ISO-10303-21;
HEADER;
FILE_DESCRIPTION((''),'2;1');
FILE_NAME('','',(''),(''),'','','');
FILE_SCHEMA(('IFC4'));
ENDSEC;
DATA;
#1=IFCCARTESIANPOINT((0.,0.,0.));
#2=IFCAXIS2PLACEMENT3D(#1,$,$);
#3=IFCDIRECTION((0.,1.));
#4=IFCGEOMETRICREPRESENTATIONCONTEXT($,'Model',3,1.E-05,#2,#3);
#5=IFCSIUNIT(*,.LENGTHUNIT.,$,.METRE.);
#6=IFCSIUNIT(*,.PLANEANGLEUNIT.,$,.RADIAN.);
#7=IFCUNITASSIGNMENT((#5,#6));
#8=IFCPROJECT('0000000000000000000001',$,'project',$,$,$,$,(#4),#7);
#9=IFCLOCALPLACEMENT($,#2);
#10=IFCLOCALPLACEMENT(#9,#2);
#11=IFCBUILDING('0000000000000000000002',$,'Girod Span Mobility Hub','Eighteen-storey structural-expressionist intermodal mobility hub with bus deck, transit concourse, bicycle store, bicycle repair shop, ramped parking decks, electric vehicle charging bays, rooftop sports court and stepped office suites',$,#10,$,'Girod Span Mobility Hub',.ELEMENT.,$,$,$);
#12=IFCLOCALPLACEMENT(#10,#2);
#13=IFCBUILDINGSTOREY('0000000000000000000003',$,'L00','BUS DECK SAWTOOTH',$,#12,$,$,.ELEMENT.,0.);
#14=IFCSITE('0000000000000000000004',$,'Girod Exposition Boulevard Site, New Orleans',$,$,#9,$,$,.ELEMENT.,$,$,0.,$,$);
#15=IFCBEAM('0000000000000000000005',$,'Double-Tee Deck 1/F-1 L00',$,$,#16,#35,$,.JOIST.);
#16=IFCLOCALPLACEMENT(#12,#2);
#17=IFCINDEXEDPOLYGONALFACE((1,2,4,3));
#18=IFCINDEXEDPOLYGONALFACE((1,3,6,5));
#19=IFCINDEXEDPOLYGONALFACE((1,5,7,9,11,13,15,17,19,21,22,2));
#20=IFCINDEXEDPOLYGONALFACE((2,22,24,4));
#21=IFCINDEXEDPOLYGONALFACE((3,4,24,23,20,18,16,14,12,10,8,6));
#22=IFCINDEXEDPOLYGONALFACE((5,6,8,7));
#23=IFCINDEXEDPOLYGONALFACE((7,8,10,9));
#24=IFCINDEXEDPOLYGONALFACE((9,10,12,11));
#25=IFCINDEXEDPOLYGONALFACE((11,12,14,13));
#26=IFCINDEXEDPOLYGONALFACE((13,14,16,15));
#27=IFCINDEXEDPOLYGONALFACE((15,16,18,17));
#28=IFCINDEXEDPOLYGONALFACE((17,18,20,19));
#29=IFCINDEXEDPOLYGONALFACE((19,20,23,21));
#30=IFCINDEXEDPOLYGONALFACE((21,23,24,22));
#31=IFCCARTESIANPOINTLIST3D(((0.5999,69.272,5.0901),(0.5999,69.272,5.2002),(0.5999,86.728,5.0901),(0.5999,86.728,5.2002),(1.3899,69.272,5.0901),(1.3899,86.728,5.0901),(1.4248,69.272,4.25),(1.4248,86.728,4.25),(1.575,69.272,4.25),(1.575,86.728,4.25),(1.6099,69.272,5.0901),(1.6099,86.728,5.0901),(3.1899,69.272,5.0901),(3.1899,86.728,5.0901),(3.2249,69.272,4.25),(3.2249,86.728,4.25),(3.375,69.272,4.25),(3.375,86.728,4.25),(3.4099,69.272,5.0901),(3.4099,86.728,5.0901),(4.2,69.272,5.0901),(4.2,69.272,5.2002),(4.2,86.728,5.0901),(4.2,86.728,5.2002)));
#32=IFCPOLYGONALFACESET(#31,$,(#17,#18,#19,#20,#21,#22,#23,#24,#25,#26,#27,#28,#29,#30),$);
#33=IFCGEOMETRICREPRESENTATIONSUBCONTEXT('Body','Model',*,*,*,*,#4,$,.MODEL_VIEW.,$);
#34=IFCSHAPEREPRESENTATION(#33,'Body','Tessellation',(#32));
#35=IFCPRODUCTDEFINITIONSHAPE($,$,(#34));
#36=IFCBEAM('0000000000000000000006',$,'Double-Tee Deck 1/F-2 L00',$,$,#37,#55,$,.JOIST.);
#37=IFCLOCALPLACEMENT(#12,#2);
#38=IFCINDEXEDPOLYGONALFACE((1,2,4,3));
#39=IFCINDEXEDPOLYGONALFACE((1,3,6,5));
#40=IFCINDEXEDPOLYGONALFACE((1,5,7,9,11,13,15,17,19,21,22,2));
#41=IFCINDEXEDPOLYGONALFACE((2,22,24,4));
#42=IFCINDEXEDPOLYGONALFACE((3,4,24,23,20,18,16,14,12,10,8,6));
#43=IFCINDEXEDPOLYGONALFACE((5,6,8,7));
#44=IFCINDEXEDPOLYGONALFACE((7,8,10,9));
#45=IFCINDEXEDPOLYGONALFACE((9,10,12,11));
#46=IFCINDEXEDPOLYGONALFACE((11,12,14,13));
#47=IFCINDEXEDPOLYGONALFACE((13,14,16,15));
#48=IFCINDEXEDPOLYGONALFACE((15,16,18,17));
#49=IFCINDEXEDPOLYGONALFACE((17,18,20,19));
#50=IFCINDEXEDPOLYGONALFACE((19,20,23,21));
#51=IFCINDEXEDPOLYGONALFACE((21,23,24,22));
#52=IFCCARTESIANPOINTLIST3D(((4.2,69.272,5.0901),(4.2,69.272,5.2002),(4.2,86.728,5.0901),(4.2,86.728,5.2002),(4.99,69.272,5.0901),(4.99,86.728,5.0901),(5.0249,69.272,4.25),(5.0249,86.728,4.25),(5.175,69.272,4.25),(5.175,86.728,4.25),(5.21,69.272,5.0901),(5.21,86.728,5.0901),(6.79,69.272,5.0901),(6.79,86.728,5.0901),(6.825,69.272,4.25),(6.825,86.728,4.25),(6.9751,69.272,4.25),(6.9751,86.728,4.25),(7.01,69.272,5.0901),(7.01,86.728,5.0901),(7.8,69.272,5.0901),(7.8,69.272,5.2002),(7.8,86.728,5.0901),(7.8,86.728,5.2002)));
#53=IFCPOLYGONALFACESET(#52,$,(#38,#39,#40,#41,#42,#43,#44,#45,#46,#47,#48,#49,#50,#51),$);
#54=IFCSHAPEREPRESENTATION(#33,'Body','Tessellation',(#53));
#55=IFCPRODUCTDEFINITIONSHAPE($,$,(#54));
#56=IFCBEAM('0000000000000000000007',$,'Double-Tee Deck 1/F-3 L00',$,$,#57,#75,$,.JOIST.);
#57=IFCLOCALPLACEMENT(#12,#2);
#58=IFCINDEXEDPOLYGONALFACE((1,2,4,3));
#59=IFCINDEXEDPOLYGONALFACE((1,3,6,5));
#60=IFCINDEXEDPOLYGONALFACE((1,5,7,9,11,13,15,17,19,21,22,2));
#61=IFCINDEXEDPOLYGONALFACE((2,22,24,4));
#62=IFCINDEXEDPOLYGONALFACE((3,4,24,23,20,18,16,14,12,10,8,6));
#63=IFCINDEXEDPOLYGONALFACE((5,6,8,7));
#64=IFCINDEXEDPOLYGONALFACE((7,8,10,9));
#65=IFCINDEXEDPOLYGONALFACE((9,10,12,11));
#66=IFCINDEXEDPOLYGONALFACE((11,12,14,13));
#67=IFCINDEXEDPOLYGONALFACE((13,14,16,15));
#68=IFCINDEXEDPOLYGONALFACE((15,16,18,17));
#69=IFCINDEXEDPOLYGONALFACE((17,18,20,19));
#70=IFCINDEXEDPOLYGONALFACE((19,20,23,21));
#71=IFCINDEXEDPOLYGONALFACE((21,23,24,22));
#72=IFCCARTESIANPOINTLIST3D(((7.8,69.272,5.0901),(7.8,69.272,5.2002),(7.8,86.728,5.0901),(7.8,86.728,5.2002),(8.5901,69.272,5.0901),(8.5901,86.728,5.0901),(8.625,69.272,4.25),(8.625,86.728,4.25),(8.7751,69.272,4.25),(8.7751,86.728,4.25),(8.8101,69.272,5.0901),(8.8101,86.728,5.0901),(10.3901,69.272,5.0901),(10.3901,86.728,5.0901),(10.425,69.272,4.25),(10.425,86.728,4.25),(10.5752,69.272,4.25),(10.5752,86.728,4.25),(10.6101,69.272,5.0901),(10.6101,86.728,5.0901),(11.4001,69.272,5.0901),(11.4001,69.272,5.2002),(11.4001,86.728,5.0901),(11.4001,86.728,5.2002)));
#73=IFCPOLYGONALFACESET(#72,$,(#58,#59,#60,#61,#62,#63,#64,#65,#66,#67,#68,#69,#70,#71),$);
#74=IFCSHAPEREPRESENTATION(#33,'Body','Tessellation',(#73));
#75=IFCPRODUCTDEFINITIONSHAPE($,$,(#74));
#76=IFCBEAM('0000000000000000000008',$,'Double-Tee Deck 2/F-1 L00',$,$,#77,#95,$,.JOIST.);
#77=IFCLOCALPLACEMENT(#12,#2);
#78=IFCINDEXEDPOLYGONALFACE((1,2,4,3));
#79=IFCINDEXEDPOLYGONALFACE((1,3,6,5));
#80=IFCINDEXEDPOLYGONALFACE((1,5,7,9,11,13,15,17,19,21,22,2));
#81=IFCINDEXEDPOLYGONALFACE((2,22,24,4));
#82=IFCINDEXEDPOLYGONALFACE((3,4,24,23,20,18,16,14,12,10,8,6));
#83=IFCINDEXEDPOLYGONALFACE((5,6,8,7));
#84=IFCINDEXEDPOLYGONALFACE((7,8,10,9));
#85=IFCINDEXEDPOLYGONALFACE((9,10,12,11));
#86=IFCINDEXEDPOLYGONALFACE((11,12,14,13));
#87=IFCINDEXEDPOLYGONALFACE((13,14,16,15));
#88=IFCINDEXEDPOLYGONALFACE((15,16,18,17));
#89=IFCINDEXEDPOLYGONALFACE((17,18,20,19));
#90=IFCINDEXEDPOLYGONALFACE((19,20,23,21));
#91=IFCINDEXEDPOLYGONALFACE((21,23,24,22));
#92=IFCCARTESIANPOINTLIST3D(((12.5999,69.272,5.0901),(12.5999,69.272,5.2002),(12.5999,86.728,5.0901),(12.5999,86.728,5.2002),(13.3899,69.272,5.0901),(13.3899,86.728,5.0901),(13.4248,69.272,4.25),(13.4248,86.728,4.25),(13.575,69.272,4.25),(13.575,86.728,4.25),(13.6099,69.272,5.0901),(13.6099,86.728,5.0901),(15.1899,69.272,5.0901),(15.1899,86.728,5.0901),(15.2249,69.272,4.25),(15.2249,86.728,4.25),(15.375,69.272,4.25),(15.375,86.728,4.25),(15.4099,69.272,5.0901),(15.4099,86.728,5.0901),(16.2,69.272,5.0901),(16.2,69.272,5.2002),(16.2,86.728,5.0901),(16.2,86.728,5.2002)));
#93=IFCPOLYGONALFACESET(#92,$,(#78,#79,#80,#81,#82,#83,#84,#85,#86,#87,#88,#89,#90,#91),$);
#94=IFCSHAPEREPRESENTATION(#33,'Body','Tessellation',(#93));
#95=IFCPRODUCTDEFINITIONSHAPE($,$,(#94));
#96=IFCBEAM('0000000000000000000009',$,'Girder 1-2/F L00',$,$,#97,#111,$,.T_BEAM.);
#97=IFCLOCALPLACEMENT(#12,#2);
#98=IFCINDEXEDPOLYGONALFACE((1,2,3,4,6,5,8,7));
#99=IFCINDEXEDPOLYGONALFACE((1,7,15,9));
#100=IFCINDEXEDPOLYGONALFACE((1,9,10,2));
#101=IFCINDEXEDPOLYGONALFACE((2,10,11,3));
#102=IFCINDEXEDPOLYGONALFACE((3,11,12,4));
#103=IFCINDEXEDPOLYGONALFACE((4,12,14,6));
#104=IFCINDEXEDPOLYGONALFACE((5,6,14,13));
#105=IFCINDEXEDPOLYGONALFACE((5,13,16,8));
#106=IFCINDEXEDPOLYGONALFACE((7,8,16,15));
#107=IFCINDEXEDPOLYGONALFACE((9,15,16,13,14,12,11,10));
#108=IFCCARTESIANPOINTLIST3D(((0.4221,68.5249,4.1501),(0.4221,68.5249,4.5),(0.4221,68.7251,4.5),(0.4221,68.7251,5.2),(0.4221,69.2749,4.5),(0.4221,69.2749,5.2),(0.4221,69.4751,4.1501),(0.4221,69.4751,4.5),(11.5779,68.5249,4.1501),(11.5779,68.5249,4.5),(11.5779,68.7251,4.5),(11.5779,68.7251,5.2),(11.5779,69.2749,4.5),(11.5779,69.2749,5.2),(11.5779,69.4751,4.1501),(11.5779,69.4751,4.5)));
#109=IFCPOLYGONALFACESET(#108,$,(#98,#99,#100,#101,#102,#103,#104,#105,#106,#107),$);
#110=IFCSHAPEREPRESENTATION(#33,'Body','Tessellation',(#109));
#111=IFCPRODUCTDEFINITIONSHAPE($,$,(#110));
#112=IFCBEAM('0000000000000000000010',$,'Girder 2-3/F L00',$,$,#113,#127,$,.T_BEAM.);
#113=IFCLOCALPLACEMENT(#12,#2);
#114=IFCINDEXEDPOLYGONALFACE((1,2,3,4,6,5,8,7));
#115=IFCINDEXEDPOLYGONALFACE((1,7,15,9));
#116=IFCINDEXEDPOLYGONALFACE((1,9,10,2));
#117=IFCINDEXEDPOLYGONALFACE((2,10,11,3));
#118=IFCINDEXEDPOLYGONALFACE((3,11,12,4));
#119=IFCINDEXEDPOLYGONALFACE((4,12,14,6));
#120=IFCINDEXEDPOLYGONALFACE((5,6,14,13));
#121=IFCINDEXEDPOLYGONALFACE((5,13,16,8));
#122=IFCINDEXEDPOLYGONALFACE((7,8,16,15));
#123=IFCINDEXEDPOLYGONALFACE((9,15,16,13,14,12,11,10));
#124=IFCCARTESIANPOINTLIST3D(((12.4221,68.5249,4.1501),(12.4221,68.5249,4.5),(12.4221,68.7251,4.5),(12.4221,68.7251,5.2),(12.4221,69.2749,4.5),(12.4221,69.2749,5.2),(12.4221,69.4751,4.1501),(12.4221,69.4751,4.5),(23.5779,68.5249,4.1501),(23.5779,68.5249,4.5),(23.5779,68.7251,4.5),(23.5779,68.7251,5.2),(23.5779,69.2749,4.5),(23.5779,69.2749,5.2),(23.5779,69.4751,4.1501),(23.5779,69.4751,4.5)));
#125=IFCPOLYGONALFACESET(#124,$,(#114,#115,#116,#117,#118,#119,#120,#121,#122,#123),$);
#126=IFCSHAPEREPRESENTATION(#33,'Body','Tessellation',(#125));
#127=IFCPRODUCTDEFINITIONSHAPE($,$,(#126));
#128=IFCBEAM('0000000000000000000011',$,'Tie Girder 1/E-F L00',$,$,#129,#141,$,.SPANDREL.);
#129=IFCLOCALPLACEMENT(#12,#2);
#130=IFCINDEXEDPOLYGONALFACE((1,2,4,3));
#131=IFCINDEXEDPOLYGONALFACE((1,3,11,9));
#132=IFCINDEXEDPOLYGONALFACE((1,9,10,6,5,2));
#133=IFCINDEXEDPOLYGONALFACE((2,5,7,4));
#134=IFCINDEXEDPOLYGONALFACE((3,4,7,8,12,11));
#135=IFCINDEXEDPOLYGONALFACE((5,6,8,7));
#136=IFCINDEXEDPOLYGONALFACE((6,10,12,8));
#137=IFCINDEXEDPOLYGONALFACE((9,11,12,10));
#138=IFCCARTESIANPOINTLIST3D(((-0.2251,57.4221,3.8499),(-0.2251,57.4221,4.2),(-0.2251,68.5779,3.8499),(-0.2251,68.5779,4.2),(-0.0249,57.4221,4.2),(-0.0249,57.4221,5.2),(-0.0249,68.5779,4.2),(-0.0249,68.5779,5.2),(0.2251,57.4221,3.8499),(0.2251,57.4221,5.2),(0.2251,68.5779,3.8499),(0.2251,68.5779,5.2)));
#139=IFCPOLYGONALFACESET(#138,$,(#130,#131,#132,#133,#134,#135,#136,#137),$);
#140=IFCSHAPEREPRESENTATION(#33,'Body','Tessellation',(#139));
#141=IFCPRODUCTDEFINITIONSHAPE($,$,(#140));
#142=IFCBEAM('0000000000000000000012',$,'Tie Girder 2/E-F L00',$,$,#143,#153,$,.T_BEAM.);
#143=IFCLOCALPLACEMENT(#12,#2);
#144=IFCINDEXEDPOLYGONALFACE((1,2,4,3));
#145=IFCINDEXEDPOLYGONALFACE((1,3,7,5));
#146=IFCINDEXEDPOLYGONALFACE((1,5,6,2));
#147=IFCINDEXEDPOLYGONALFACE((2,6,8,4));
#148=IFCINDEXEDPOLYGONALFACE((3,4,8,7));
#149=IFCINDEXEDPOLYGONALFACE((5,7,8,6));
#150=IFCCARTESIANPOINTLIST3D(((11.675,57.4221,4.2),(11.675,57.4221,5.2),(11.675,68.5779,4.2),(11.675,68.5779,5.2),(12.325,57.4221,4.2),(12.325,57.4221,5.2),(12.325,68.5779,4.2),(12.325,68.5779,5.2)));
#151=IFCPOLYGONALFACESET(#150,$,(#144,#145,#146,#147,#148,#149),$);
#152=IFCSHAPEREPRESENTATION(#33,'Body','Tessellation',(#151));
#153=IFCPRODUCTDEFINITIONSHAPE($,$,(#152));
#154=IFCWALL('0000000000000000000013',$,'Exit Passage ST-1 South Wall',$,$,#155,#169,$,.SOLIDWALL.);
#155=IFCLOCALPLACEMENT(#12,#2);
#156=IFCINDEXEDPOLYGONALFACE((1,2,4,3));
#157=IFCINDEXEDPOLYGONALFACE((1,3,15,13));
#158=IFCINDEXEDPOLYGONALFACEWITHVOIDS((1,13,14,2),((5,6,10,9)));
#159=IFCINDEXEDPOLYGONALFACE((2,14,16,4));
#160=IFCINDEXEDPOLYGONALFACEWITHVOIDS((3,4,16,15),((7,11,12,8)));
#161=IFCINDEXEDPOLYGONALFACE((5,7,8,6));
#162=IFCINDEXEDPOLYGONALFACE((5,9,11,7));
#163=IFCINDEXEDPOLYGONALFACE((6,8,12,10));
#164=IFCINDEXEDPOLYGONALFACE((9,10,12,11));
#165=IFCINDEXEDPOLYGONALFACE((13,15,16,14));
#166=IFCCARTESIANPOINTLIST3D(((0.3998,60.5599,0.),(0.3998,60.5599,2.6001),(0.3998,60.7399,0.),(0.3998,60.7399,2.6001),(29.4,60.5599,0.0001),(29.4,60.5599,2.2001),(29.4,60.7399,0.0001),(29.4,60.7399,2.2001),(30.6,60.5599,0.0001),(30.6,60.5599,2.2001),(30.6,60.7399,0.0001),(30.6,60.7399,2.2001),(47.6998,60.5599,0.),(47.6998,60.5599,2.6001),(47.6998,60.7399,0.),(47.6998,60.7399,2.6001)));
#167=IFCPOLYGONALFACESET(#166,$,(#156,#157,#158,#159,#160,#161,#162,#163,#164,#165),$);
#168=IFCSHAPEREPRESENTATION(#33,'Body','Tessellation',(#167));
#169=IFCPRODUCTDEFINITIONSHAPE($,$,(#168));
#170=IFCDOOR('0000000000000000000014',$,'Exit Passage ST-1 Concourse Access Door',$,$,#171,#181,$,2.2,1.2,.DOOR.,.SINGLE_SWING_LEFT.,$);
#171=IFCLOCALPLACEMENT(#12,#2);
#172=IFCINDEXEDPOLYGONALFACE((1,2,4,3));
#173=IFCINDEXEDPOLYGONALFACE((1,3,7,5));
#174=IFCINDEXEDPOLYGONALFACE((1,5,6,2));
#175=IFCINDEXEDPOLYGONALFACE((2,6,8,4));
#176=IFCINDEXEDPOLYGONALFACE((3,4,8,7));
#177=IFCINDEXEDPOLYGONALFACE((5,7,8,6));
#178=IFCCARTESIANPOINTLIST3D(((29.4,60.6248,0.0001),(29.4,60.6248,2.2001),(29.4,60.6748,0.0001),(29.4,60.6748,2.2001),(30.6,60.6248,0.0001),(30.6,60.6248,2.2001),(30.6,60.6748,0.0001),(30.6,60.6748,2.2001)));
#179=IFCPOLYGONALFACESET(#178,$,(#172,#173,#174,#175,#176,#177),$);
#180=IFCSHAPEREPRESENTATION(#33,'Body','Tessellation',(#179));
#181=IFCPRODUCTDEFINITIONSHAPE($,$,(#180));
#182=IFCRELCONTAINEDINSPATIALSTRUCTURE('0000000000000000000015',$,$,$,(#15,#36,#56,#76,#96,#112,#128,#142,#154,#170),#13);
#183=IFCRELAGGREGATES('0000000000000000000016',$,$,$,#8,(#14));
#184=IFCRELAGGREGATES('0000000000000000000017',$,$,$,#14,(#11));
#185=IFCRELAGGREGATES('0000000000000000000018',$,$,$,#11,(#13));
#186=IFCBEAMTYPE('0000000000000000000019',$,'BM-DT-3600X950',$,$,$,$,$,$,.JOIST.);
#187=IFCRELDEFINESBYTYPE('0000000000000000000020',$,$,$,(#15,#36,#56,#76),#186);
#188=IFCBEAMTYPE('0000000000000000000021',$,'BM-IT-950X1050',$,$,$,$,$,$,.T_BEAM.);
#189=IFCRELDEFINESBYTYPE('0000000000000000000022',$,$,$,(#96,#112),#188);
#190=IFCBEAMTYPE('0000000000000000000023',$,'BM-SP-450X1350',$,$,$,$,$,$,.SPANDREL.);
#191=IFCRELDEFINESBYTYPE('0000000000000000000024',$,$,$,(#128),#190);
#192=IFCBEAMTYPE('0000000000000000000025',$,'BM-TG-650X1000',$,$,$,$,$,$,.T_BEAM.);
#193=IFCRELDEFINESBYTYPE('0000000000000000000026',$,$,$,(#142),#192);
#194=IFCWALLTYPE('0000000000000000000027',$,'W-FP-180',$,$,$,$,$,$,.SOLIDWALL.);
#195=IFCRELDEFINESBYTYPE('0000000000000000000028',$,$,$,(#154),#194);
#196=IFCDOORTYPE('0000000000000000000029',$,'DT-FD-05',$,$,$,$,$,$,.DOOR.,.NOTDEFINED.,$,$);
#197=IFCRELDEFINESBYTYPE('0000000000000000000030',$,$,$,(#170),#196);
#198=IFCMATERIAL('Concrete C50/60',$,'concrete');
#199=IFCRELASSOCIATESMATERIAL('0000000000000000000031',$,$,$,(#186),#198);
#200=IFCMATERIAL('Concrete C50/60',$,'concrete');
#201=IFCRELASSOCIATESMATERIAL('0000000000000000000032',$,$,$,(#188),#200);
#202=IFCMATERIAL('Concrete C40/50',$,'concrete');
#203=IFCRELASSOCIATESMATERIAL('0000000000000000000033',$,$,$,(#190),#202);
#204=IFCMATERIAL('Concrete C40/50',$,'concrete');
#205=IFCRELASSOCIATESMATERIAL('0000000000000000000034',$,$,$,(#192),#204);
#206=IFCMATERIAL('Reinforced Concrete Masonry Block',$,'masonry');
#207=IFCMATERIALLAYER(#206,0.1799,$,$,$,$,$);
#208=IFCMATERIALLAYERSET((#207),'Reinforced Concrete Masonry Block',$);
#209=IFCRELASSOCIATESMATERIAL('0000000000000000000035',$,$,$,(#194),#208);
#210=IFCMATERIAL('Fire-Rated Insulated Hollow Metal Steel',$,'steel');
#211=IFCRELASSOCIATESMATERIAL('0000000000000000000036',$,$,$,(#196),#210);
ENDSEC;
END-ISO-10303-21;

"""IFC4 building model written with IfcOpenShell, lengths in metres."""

from ifc_helpers import new_model, si_unit, direction, frame, frame_2d, origin, origin_2d, place, context, subcontext, project, spatial, polyline, rectangle, outline, extrude, material, layer, layer_set, material_profile, profile_set, type_object, element, fill, save


model = new_model("IFC4")

# Units and contexts
model_context = context("Model", 3, precision=1e-05, world=origin(), true_north=direction((0.0, 1.0)))
body_context = subcontext(model_context, "Body", "Model", "MODEL_VIEW")
ifc_project = project(units=[si_unit("LENGTHUNIT", "METRE"), si_unit("PLANEANGLEUNIT", "RADIAN")], contexts=[model_context])

# Site, building, storey
site_placement = place(None, origin())
site = spatial("IfcSite", under=ifc_project, at=site_placement, Name="Girod Exposition Boulevard Site, New Orleans", CompositionType="ELEMENT", RefElevation=0.0)
building_placement = place(site_placement, origin())
building = spatial("IfcBuilding", under=site, at=building_placement, Name="Girod Span Mobility Hub", Description="Eighteen-storey structural-expressionist intermodal mobility hub with bus deck, transit concourse, bicycle store, bicycle repair shop, ramped parking decks, electric vehicle charging bays, rooftop sports court and stepped office suites", LongName="Girod Span Mobility Hub", CompositionType="ELEMENT")
storey_placement = place(building_placement, origin())
storey = spatial("IfcBuildingStorey", under=building, at=storey_placement, Name="L00", Description="BUS DECK SAWTOOTH", CompositionType="ELEMENT", Elevation=0.0)

# Beams
ifc_material_1 = material(Name="Concrete C50/60", Category="concrete")
ifc_material_profile_1 = material_profile(ifc_material_1, outline(polyline([(-1.8, 0.4751), (-1.8, 0.365), (-1.01, 0.365), (-0.9751, -0.4751), (-0.825, -0.4751), (-0.79, 0.365), (0.79, 0.365), (0.825, -0.4751), (0.9751, -0.4751), (1.01, 0.365), (1.8, 0.365), (1.8, 0.4751), (-1.8, 0.4751)])), Name="DT-3600X950")
ifc_profile_set_1 = profile_set([ifc_material_profile_1], Name="Concrete C50/60")
beam_type_1 = type_object("IfcBeamType", Name="BM-DT-3600X950", PredefinedType="JOIST", material=ifc_profile_set_1)
for number, where, z_axis, x_axis, name in (
    (1, (2.3999, 69.272, 4.7251), (0.0, 1.0, 0.0), (-1.0, 0.0, 0.0), "Double-Tee Deck 1/F-1 L00"),
    (2, (6.0, 69.272, 4.7251), (0.0, 1.0, 0.0), (-1.0, 0.0, 0.0), "Double-Tee Deck 1/F-2 L00"),
    (3, (9.6001, 69.272, 4.7251), (0.0, 1.0, 0.0), (-1.0, 0.0, 0.0), "Double-Tee Deck 1/F-3 L00"),
    (4, (14.3999, 69.272, 4.7251), (0.0, 1.0, 0.0), (-1.0, 0.0, 0.0), "Double-Tee Deck 2/F-1 L00"),
):
    element("IfcBeam", number, at=place(storey_placement, frame(where, z_axis=z_axis, x_axis=x_axis)), inside=storey, type_object=beam_type_1, Name=name, PredefinedType="JOIST", context=body_context, shape_type="SweptSolid", body=[
        extrude(outline(polyline([(-1.8, 0.4751), (-1.8, 0.365), (-1.01, 0.365), (-0.9751, -0.4751), (-0.825, -0.4751), (-0.79, 0.365), (0.79, 0.365), (0.825, -0.4751), (0.9751, -0.4751), (1.01, 0.365), (1.8, 0.365), (1.8, 0.4751), (-1.8, 0.4751)])), origin(), (0.0, 0.0, 1.0), 17.4561),
    ])
ifc_material_2 = material(Name="Concrete C50/60", Category="concrete")
ifc_material_profile_2 = material_profile(ifc_material_2, outline(polyline([(-0.4751, -0.5249), (0.4751, -0.5249), (0.4751, -0.175), (0.2749, -0.175), (0.2749, 0.5249), (-0.2749, 0.5249), (-0.2749, -0.175), (-0.4751, -0.175), (-0.4751, -0.5249)])), Name="IT-950X1050")
ifc_profile_set_2 = profile_set([ifc_material_profile_2], Name="Concrete C50/60")
beam_type_2 = type_object("IfcBeamType", Name="BM-IT-950X1050", PredefinedType="T_BEAM", material=ifc_profile_set_2)
for number, where, z_axis, x_axis, name in (
    (5, (0.4221, 69.0, 4.675), (1.0, 0.0, 0.0), (0.0, 1.0, 0.0), "Girder 1-2/F L00"),
    (6, (12.4221, 69.0, 4.675), (1.0, 0.0, 0.0), (0.0, 1.0, 0.0), "Girder 2-3/F L00"),
):
    element("IfcBeam", number, at=place(storey_placement, frame(where, z_axis=z_axis, x_axis=x_axis)), inside=storey, type_object=beam_type_2, Name=name, PredefinedType="T_BEAM", context=body_context, shape_type="SweptSolid", body=[
        extrude(outline(polyline([(-0.4751, -0.5249), (0.4751, -0.5249), (0.4751, -0.175), (0.2749, -0.175), (0.2749, 0.5249), (-0.2749, 0.5249), (-0.2749, -0.175), (-0.4751, -0.175), (-0.4751, -0.5249)])), origin(), (0.0, 0.0, 1.0), 11.1558),
    ])
ifc_material_3 = material(Name="Concrete C40/50", Category="concrete")
ifc_material_profile_3 = material_profile(ifc_material_3, outline(polyline([(-0.2251, -0.675), (0.2251, -0.675), (0.2251, -0.325), (0.0249, -0.325), (0.0249, 0.675), (-0.2251, 0.675), (-0.2251, -0.675)])), Name="SP-450X1350")
ifc_profile_set_3 = profile_set([ifc_material_profile_3], Name="Concrete C40/50")
beam_type_3 = type_object("IfcBeamType", Name="BM-SP-450X1350", PredefinedType="SPANDREL", material=ifc_profile_set_3)
beam_1_placement = place(storey_placement, frame((0.0, 57.4221, 4.5249), z_axis=(0.0, 1.0, 0.0), x_axis=(-1.0, 0.0, 0.0)))
element("IfcBeam", 7, at=beam_1_placement, inside=storey, type_object=beam_type_3, Name="Tie Girder 1/E-F L00", PredefinedType="SPANDREL", context=body_context, shape_type="SweptSolid", body=[
    extrude(outline(polyline([(-0.2251, -0.675), (0.2251, -0.675), (0.2251, -0.325), (0.0249, -0.325), (0.0249, 0.675), (-0.2251, 0.675), (-0.2251, -0.675)])), origin(), (0.0, 0.0, 1.0), 11.1558),
])
ifc_material_4 = material(Name="Concrete C40/50", Category="concrete")
ifc_material_profile_4 = material_profile(ifc_material_4, rectangle(XDim=0.6499, YDim=1.0, at=origin_2d()), Name="TG-650X1000")
ifc_profile_set_4 = profile_set([ifc_material_profile_4], Name="Concrete C40/50")
beam_type_4 = type_object("IfcBeamType", Name="BM-TG-650X1000", PredefinedType="T_BEAM", material=ifc_profile_set_4)
beam_2_placement = place(storey_placement, frame((12.0, 57.4221, 4.7), z_axis=(0.0, 1.0, 0.0), x_axis=(-1.0, 0.0, 0.0)))
element("IfcBeam", 8, at=beam_2_placement, inside=storey, type_object=beam_type_4, Name="Tie Girder 2/E-F L00", PredefinedType="T_BEAM", context=body_context, shape_type="SweptSolid", body=[
    extrude(rectangle(XDim=0.6499, YDim=1.0, at=origin_2d()), origin(), (0.0, 0.0, 1.0), 11.1558),
])

# Wall, opening, door
ifc_material_5 = material(Name="Reinforced Concrete Masonry Block", Category="masonry")
ifc_layer_1 = layer(ifc_material_5, 0.1799)
ifc_layer_set_1 = layer_set([ifc_layer_1], Name="Reinforced Concrete Masonry Block")
wall_type_1 = type_object("IfcWallType", Name="W-FP-180", PredefinedType="SOLIDWALL", material=ifc_layer_set_1)
wall_1_placement = place(storey_placement, frame((0.3999, 60.6499, 0.0), z_axis=(0.0, 0.0, 1.0), x_axis=(1.0, 0.0, 0.0)))
wall_1 = element("IfcWall", 9, at=wall_1_placement, inside=storey, type_object=wall_type_1, Name="Exit Passage ST-1 South Wall", PredefinedType="SOLIDWALL", context=body_context, shape_type="SweptSolid", body=[
    extrude(rectangle(XDim=47.3, YDim=0.1799, at=frame_2d((23.6499, 0.0))), origin(), (0.0, 0.0, 1.0), 2.6001),
])
opening_1_placement = place(wall_1_placement, frame((29.0, 0.0, 0.0)))
opening_1 = element("IfcOpeningElement", 10, at=opening_1_placement, cuts=wall_1, PredefinedType="OPENING", context=body_context, shape_type="SweptSolid", body=[
    extrude(rectangle(XDim=1.2, YDim=2.2, at=frame_2d((0.6001, 1.1001))), frame((0.0, 0.105, 0.0), z_axis=(0.0, -1.0, 0.0), x_axis=(1.0, 0.0, 0.0)), (0.0, 0.0, 1.0), 0.21),
])
ifc_material_6 = material(Name="Fire-Rated Insulated Hollow Metal Steel", Category="steel")
door_type_1 = type_object("IfcDoorType", Name="DT-FD-05", OperationType="NOTDEFINED", PredefinedType="DOOR", material=ifc_material_6)
door_1_placement = place(opening_1_placement, origin())
door_1 = element("IfcDoor", 11, at=door_1_placement, inside=storey, type_object=door_type_1, Name="Exit Passage ST-1 Concourse Access Door", OperationType="SINGLE_SWING_LEFT", OverallHeight=2.2, OverallWidth=1.2, PredefinedType="DOOR", context=body_context, shape_type="SweptSolid", body=[
    extrude(rectangle(XDim=1.2, YDim=2.2, at=frame_2d((0.6001, 1.1001))), frame((0.0, 0.0249, 0.0), z_axis=(0.0, -1.0, 0.0), x_axis=(1.0, 0.0, 0.0)), (0.0, 0.0, 1.0), 0.05),
])
fill(opening_1, door_1)

save(model, "model.ifc")
